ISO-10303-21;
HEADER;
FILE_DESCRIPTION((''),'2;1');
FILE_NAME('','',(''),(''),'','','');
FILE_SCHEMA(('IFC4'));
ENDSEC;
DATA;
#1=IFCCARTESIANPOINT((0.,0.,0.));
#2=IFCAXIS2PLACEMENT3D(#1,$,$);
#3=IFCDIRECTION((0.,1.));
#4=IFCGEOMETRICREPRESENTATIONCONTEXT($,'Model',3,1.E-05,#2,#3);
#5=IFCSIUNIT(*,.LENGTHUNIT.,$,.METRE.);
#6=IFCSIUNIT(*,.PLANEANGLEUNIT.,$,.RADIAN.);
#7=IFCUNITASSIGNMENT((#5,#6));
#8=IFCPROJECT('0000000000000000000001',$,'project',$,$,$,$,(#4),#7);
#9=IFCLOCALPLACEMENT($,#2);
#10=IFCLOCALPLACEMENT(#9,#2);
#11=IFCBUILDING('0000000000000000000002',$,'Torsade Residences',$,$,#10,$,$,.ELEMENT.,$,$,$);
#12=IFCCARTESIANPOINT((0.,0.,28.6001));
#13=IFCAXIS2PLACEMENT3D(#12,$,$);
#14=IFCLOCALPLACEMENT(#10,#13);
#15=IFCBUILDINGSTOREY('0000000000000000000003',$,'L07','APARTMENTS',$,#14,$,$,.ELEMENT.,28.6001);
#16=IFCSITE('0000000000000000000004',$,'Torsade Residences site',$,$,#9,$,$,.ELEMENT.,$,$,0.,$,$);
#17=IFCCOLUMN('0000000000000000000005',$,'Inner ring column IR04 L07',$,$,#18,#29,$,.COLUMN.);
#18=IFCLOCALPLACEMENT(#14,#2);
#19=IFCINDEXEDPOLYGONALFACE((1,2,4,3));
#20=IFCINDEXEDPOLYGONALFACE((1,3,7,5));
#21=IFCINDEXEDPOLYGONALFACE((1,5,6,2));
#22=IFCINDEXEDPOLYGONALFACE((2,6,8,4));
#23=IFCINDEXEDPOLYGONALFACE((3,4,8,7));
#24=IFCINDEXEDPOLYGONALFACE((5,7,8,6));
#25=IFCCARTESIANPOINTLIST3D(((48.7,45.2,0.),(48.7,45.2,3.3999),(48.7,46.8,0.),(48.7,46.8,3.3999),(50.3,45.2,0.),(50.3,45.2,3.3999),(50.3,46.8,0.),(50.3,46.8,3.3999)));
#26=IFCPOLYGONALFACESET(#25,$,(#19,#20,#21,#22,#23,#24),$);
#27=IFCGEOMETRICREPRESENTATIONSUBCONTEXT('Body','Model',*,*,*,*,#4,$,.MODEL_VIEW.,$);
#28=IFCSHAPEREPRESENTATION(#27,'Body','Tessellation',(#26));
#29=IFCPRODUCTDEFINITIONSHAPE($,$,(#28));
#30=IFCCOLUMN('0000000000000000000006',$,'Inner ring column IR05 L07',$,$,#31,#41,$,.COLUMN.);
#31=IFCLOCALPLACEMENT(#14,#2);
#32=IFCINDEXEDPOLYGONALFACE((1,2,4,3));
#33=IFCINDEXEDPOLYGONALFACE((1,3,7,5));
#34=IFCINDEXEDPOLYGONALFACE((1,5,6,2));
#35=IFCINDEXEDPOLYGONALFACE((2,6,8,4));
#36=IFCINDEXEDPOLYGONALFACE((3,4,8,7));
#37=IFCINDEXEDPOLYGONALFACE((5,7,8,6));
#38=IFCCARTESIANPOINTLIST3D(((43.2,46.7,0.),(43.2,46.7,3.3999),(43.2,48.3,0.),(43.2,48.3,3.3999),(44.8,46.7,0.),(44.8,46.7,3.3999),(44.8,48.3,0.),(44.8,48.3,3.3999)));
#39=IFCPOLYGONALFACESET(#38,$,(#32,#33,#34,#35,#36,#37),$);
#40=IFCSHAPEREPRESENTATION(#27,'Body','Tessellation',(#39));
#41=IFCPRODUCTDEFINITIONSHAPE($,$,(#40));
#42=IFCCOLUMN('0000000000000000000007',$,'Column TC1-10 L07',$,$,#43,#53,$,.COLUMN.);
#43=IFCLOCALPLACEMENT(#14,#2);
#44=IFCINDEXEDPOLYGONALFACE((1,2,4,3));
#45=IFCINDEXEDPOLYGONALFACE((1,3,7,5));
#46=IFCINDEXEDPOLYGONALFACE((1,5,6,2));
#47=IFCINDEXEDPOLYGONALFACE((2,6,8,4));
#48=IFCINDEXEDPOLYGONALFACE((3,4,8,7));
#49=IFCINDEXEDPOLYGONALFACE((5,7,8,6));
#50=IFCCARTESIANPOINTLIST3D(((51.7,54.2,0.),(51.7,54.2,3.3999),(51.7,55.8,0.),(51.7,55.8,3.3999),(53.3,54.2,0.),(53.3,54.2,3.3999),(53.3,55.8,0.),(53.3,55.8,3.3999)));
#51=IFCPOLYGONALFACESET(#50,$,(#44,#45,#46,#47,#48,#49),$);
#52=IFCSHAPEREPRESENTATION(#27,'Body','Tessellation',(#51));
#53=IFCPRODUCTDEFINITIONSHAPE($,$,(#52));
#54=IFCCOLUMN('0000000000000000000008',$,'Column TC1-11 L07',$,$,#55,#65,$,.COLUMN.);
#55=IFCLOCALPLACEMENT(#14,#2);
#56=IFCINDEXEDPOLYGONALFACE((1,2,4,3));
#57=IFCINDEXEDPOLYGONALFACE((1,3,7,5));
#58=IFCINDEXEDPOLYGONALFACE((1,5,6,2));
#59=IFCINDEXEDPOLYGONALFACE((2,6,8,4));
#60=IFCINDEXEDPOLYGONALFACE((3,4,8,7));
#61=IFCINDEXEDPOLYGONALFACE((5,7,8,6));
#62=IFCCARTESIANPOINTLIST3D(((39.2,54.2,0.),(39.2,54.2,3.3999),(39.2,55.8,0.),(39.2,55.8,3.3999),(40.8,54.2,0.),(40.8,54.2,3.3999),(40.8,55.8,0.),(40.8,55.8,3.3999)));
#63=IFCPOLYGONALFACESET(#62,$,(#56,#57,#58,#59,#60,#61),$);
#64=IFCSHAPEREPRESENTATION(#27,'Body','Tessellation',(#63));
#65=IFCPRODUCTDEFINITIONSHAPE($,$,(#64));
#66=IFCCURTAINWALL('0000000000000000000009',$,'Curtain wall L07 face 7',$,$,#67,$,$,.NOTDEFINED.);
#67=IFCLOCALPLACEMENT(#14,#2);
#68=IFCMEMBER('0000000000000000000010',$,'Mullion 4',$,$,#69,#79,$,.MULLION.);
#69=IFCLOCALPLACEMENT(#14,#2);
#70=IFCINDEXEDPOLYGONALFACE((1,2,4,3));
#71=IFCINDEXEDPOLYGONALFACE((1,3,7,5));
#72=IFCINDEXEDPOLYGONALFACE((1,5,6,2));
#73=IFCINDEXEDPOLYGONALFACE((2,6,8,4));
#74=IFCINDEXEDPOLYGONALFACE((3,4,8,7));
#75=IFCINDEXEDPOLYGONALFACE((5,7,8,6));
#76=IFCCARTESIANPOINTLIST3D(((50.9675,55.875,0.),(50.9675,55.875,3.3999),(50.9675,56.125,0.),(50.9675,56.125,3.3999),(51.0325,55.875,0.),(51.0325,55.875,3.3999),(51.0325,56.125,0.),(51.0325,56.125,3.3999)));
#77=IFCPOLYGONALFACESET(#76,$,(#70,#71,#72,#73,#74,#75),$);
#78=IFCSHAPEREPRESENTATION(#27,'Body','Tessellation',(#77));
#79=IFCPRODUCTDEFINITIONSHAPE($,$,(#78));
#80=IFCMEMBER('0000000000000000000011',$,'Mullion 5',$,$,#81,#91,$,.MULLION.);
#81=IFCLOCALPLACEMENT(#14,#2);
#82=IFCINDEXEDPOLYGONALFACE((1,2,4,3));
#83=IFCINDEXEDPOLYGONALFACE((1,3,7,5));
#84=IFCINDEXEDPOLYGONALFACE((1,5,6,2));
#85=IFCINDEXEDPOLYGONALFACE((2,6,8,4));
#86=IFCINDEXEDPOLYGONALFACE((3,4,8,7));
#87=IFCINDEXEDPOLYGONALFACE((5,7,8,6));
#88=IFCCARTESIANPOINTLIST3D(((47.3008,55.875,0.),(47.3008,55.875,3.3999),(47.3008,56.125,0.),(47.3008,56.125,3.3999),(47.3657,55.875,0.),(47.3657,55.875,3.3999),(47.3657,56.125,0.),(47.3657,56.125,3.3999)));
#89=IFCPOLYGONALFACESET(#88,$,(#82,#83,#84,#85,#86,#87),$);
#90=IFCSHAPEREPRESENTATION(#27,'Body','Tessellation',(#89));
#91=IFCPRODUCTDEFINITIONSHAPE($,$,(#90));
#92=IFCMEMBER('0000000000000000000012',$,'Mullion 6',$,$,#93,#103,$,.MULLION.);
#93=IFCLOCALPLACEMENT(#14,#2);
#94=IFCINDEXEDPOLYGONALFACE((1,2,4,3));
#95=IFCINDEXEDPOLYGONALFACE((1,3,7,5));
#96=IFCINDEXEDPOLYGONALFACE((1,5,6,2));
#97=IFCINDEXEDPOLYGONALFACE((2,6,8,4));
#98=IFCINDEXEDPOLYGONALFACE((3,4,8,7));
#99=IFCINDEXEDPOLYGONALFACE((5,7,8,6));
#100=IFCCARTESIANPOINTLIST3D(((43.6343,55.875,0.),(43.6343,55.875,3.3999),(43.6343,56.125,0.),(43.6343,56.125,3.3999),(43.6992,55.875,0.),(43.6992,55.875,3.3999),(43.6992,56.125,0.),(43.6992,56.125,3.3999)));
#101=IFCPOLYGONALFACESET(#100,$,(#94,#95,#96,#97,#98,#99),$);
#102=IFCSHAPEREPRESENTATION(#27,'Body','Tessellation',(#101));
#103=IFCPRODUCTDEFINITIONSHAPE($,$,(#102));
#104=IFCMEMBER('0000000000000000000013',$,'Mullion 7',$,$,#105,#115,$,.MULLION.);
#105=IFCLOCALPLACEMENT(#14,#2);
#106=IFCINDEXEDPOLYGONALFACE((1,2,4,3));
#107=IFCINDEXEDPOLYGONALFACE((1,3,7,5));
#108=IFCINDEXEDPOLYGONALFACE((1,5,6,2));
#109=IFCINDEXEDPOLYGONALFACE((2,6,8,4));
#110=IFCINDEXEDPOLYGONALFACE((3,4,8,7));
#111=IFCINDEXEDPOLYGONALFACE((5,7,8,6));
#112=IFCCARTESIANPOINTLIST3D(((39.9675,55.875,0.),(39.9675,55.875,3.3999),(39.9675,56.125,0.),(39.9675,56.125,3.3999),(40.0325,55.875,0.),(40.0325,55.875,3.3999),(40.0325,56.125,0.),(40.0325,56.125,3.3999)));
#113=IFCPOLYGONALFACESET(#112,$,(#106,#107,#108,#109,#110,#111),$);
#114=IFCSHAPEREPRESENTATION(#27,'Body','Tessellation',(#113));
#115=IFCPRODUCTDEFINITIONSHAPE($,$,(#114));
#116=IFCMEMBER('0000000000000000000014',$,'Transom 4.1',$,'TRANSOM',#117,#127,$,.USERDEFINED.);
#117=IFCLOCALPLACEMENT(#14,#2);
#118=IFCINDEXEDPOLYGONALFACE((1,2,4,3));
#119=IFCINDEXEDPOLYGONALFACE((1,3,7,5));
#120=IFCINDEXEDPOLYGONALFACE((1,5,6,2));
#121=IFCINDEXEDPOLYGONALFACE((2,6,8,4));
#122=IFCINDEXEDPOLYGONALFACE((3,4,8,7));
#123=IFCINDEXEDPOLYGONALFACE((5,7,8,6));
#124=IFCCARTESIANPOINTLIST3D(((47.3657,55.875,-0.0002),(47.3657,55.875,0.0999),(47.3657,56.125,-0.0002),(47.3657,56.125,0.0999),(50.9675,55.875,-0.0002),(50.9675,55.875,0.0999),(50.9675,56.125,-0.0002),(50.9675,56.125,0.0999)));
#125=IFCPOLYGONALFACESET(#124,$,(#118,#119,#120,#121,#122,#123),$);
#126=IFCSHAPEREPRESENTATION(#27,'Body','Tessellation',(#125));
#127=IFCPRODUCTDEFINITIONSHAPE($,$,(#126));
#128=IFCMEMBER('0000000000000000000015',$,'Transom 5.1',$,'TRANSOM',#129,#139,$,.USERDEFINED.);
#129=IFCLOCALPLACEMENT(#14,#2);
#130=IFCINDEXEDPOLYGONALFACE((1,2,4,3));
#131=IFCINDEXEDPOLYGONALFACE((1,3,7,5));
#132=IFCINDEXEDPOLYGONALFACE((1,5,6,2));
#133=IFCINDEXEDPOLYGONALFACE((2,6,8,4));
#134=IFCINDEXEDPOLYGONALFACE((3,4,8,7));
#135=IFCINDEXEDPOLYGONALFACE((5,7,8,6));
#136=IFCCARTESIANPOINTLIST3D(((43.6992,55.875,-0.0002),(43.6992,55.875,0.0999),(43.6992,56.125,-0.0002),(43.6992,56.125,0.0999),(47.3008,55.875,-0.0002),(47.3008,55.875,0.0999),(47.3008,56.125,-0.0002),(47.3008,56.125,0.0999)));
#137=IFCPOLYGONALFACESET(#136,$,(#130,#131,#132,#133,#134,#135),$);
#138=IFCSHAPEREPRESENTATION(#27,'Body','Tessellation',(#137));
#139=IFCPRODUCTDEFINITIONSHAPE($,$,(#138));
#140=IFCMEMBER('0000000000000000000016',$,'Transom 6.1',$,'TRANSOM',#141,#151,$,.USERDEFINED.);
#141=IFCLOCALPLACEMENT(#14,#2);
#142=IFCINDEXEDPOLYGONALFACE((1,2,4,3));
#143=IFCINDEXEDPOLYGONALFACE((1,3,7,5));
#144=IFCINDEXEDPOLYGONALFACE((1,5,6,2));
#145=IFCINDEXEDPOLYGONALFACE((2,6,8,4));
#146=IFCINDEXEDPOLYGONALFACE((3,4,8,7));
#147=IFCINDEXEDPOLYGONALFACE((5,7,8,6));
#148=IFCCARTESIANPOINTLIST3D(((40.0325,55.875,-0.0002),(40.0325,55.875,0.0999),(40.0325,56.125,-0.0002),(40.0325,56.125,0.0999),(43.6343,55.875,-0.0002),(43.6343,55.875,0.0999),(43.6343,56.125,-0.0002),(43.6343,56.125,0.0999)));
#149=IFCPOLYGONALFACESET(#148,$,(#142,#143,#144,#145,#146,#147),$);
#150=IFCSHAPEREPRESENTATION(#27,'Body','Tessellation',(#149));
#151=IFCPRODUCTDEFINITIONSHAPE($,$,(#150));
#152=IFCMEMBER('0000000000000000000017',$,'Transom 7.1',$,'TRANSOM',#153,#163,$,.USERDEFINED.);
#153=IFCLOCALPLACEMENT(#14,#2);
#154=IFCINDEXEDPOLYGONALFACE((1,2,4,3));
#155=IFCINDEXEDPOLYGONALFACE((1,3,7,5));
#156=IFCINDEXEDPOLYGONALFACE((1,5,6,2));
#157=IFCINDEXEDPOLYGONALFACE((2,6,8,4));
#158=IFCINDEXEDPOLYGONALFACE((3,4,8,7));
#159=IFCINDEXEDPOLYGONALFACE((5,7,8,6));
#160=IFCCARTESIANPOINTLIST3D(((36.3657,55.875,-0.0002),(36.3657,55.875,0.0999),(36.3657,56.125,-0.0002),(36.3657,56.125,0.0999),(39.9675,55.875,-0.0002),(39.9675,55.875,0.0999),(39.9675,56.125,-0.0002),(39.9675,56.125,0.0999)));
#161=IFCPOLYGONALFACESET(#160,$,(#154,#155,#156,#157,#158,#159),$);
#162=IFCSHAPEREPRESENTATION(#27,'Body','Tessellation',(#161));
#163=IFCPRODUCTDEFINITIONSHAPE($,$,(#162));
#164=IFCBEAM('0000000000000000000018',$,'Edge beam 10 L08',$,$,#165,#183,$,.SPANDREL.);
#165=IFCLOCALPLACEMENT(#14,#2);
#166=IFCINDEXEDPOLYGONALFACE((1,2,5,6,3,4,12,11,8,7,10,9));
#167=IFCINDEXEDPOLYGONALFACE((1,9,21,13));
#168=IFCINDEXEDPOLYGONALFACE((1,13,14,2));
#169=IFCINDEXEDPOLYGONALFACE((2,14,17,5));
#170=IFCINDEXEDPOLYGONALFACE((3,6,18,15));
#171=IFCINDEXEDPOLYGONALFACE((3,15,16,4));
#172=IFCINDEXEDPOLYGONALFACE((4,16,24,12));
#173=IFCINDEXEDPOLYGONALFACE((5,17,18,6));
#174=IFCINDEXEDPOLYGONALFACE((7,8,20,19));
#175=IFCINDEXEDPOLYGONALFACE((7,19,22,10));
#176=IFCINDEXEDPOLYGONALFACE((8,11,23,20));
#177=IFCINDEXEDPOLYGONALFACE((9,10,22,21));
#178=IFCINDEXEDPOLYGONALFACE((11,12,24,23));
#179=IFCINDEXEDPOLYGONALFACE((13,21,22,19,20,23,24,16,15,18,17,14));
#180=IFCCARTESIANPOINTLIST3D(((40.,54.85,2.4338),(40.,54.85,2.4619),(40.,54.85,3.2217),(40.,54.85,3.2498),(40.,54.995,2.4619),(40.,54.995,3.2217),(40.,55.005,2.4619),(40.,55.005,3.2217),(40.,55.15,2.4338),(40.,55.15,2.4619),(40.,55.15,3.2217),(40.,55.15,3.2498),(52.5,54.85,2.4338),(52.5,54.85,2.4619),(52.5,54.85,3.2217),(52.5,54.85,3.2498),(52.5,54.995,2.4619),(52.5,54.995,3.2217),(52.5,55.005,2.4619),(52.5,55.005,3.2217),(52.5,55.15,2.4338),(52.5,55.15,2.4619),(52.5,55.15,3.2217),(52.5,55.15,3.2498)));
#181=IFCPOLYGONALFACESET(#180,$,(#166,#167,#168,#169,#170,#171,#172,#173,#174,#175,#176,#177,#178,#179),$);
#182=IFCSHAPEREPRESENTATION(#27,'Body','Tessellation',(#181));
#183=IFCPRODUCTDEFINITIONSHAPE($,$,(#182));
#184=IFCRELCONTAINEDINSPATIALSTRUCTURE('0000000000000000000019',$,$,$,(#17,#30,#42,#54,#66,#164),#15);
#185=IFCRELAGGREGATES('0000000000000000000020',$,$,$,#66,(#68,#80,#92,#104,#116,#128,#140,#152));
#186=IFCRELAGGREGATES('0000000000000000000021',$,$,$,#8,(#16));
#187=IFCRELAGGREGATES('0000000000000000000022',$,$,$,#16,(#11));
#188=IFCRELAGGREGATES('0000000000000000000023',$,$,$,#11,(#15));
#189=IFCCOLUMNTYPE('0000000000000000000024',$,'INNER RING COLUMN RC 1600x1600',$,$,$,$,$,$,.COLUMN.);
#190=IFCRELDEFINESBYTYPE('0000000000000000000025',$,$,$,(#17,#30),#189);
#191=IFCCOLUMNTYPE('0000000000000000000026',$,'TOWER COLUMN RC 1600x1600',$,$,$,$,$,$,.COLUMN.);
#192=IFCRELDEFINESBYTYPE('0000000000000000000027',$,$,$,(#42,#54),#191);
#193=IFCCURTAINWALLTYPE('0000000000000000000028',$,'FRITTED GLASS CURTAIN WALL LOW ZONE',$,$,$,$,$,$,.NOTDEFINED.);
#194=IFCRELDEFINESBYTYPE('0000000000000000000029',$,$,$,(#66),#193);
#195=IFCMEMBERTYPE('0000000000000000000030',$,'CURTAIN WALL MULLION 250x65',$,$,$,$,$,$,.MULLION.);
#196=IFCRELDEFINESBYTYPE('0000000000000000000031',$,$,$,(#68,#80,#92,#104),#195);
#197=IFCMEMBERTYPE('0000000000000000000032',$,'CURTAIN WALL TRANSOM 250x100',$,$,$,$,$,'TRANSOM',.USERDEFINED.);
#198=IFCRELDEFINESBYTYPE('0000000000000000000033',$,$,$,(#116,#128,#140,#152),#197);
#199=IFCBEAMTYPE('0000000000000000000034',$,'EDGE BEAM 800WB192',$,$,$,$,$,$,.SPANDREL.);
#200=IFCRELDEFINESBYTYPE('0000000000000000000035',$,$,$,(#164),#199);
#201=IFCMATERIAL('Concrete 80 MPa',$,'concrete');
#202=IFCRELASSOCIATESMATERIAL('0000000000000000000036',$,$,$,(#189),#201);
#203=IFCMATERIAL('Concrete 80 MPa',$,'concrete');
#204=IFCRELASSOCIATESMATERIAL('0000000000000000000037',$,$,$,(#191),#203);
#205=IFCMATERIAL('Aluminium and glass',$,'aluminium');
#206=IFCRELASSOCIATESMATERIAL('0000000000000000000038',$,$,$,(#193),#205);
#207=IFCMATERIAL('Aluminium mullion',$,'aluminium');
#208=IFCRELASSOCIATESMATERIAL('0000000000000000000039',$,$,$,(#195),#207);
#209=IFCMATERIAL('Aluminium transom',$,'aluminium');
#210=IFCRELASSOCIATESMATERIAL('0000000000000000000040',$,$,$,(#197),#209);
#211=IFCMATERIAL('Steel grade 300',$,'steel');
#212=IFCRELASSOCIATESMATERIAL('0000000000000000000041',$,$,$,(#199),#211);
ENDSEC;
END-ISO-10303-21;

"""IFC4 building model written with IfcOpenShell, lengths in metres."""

from ifc_helpers import new_model, si_unit, direction, frame, origin, origin_2d, place, context, subcontext, project, spatial, rectangle, i_section, extrude, material, material_profile, profile_set, type_object, element, aggregate, save


model = new_model("IFC4")

# Units and contexts
model_context = context("Model", 3, precision=1e-05, world=origin(), true_north=direction((0.0, 1.0)))
body_context = subcontext(model_context, "Body", "Model", "MODEL_VIEW")
ifc_project = project(units=[si_unit("LENGTHUNIT", "METRE"), si_unit("PLANEANGLEUNIT", "RADIAN")], contexts=[model_context])

# Site, building, storey
site_placement = place(None, origin())
site = spatial("IfcSite", under=ifc_project, at=site_placement, Name="Torsade Residences site", CompositionType="ELEMENT", RefElevation=0.0)
building_placement = place(site_placement, origin())
building = spatial("IfcBuilding", under=site, at=building_placement, Name="Torsade Residences", CompositionType="ELEMENT")
storey_placement = place(building_placement, frame((0.0, 0.0, 28.6001)))
storey = spatial("IfcBuildingStorey", under=building, at=storey_placement, Name="L07", Description="APARTMENTS", CompositionType="ELEMENT", Elevation=28.6001)

# Columns
ifc_material_1 = material(Name="Concrete 80 MPa", Category="concrete")
ifc_material_profile_1 = material_profile(ifc_material_1, rectangle(XDim=1.6001, YDim=1.6001, at=origin_2d()), Name="RC 1600x1600")
ifc_profile_set_1 = profile_set([ifc_material_profile_1], Name="Concrete 80 MPa")
column_type_1 = type_object("IfcColumnType", Name="INNER RING COLUMN RC 1600x1600", PredefinedType="COLUMN", material=ifc_profile_set_1)
for number, where, z_axis, x_axis, name in (
    (1, (49.5, 46.0, 0.0), (0.0, 0.0, 1.0), (1.0, 0.0, 0.0), "Inner ring column IR04 L07"),
    (2, (44.0, 47.5, 0.0), (0.0, 0.0, 1.0), (1.0, 0.0, 0.0), "Inner ring column IR05 L07"),
):
    element("IfcColumn", number, at=place(storey_placement, frame(where, z_axis=z_axis, x_axis=x_axis)), inside=storey, type_object=column_type_1, Name=name, PredefinedType="COLUMN", context=body_context, shape_type="SweptSolid", body=[
        extrude(rectangle(XDim=1.6001, YDim=1.6001, at=origin_2d()), origin(), (0.0, 0.0, 1.0), 3.3999),
    ])
ifc_material_2 = material(Name="Concrete 80 MPa", Category="concrete")
ifc_material_profile_2 = material_profile(ifc_material_2, rectangle(XDim=1.6001, YDim=1.6001, at=origin_2d()), Name="RC 1600x1600")
ifc_profile_set_2 = profile_set([ifc_material_profile_2], Name="Concrete 80 MPa")
column_type_2 = type_object("IfcColumnType", Name="TOWER COLUMN RC 1600x1600", PredefinedType="COLUMN", material=ifc_profile_set_2)
for number, where, z_axis, x_axis, name in (
    (3, (52.5, 55.0, 0.0), (0.0, 0.0, 1.0), (1.0, 0.0, 0.0), "Column TC1-10 L07"),
    (4, (40.0, 55.0, 0.0), (0.0, 0.0, 1.0), (1.0, 0.0, 0.0), "Column TC1-11 L07"),
):
    element("IfcColumn", number, at=place(storey_placement, frame(where, z_axis=z_axis, x_axis=x_axis)), inside=storey, type_object=column_type_2, Name=name, PredefinedType="COLUMN", context=body_context, shape_type="SweptSolid", body=[
        extrude(rectangle(XDim=1.6001, YDim=1.6001, at=origin_2d()), origin(), (0.0, 0.0, 1.0), 3.3999),
    ])

# Curtain wall, members
ifc_material_3 = material(Name="Aluminium and glass", Category="aluminium")
curtain_wall_type = type_object("IfcCurtainWallType", Name="FRITTED GLASS CURTAIN WALL LOW ZONE", PredefinedType="NOTDEFINED", material=ifc_material_3)
curtain_wall_placement = place(storey_placement, origin())
curtain_wall = element("IfcCurtainWall", 5, at=curtain_wall_placement, inside=storey, type_object=curtain_wall_type, Name="Curtain wall L07 face 7", PredefinedType="NOTDEFINED")
ifc_material_4 = material(Name="Aluminium mullion", Category="aluminium")
ifc_material_profile_3 = material_profile(ifc_material_4, rectangle(XDim=0.25, YDim=0.0649, at=origin_2d()), Name="CURTAIN WALL MULLION 250x65")
ifc_profile_set_3 = profile_set([ifc_material_profile_3], Name="Aluminium mullion")
member_type_1 = type_object("IfcMemberType", Name="CURTAIN WALL MULLION 250x65", PredefinedType="MULLION", material=ifc_profile_set_3)
member_1_placement = place(storey_placement, frame((51.0, 56.0, 0.0), z_axis=(0.0, 0.0, 1.0), x_axis=(0.0, -1.0, 0.0)))
member_1 = element("IfcMember", 6, at=member_1_placement, type_object=member_type_1, Name="Mullion 4", PredefinedType="MULLION", context=body_context, shape_type="SweptSolid", body=[
    extrude(rectangle(XDim=0.25, YDim=0.0649, at=origin_2d()), origin(), (0.0, 0.0, 1.0), 3.3999),
])
member_2_placement = place(storey_placement, frame((47.3333, 56.0, 0.0), z_axis=(0.0, 0.0, 1.0), x_axis=(0.0, -1.0, 0.0)))
member_2 = element("IfcMember", 7, at=member_2_placement, type_object=member_type_1, Name="Mullion 5", PredefinedType="MULLION", context=body_context, shape_type="SweptSolid", body=[
    extrude(rectangle(XDim=0.25, YDim=0.0649, at=origin_2d()), origin(), (0.0, 0.0, 1.0), 3.3999),
])
member_3_placement = place(storey_placement, frame((43.6667, 56.0, 0.0), z_axis=(0.0, 0.0, 1.0), x_axis=(0.0, -1.0, 0.0)))
member_3 = element("IfcMember", 8, at=member_3_placement, type_object=member_type_1, Name="Mullion 6", PredefinedType="MULLION", context=body_context, shape_type="SweptSolid", body=[
    extrude(rectangle(XDim=0.25, YDim=0.0649, at=origin_2d()), origin(), (0.0, 0.0, 1.0), 3.3999),
])
member_4_placement = place(storey_placement, frame((40.0, 56.0, 0.0), z_axis=(0.0, 0.0, 1.0), x_axis=(0.0, -1.0, 0.0)))
member_4 = element("IfcMember", 9, at=member_4_placement, type_object=member_type_1, Name="Mullion 7", PredefinedType="MULLION", context=body_context, shape_type="SweptSolid", body=[
    extrude(rectangle(XDim=0.25, YDim=0.0649, at=origin_2d()), origin(), (0.0, 0.0, 1.0), 3.3999),
])
ifc_material_5 = material(Name="Aluminium transom", Category="aluminium")
ifc_material_profile_4 = material_profile(ifc_material_5, rectangle(XDim=0.25, YDim=0.1001, at=origin_2d()), Name="CURTAIN WALL TRANSOM 250x100")
ifc_profile_set_4 = profile_set([ifc_material_profile_4], Name="Aluminium transom")
member_type_2 = type_object("IfcMemberType", Name="CURTAIN WALL TRANSOM 250x100", ElementType="TRANSOM", PredefinedType="USERDEFINED", material=ifc_profile_set_4)
member_5_placement = place(storey_placement, frame((50.9675, 56.0, 0.0498), z_axis=(-1.0, 0.0, 0.0), x_axis=(0.0, -1.0, 0.0)))
member_5 = element("IfcMember", 10, at=member_5_placement, type_object=member_type_2, Name="Transom 4.1", ObjectType="TRANSOM", PredefinedType="USERDEFINED", context=body_context, shape_type="SweptSolid", body=[
    extrude(rectangle(XDim=0.25, YDim=0.1001, at=origin_2d()), origin(), (0.0, 0.0, 1.0), 3.6018),
])
member_6_placement = place(storey_placement, frame((47.3008, 56.0, 0.0498), z_axis=(-1.0, 0.0, 0.0), x_axis=(0.0, -1.0, 0.0)))
member_6 = element("IfcMember", 11, at=member_6_placement, type_object=member_type_2, Name="Transom 5.1", ObjectType="TRANSOM", PredefinedType="USERDEFINED", context=body_context, shape_type="SweptSolid", body=[
    extrude(rectangle(XDim=0.25, YDim=0.1001, at=origin_2d()), origin(), (0.0, 0.0, 1.0), 3.6016),
])
member_7_placement = place(storey_placement, frame((43.6343, 56.0, 0.0498), z_axis=(-1.0, 0.0, 0.0), x_axis=(0.0, -1.0, 0.0)))
member_7 = element("IfcMember", 12, at=member_7_placement, type_object=member_type_2, Name="Transom 6.1", ObjectType="TRANSOM", PredefinedType="USERDEFINED", context=body_context, shape_type="SweptSolid", body=[
    extrude(rectangle(XDim=0.25, YDim=0.1001, at=origin_2d()), origin(), (0.0, 0.0, 1.0), 3.6018),
])
member_8_placement = place(storey_placement, frame((39.9675, 56.0, 0.0498), z_axis=(-1.0, 0.0, 0.0), x_axis=(0.0, -1.0, 0.0)))
member_8 = element("IfcMember", 13, at=member_8_placement, type_object=member_type_2, Name="Transom 7.1", ObjectType="TRANSOM", PredefinedType="USERDEFINED", context=body_context, shape_type="SweptSolid", body=[
    extrude(rectangle(XDim=0.25, YDim=0.1001, at=origin_2d()), origin(), (0.0, 0.0, 1.0), 3.6018),
])

# Beam
ifc_material_6 = material(Name="Steel grade 300", Category="steel")
ifc_material_profile_5 = material_profile(ifc_material_6, i_section(OverallWidth=0.3, OverallDepth=0.8159, WebThickness=0.01, FlangeThickness=0.0281, at=origin_2d()), Name="800WB192")
ifc_profile_set_5 = profile_set([ifc_material_profile_5], Name="Steel grade 300")
beam_type_1 = type_object("IfcBeamType", Name="EDGE BEAM 800WB192", PredefinedType="SPANDREL", material=ifc_profile_set_5)
for number, where, z_axis, x_axis, name in (
    (14, (52.5, 55.0, 2.8418), (-1.0, 0.0, 0.0), (0.0, -1.0, 0.0), "Edge beam 10 L08"),
):
    element("IfcBeam", number, at=place(storey_placement, frame(where, z_axis=z_axis, x_axis=x_axis)), inside=storey, type_object=beam_type_1, Name=name, PredefinedType="SPANDREL", context=body_context, shape_type="SweptSolid", body=[
        extrude(i_section(OverallWidth=0.3, OverallDepth=0.8159, WebThickness=0.01, FlangeThickness=0.0281, at=origin_2d()), origin(), (0.0, 0.0, 1.0), 12.5),
    ])

aggregate(curtain_wall, [member_1, member_2, member_3, member_4, member_5, member_6, member_7, member_8])

save(model, "model.ifc")
